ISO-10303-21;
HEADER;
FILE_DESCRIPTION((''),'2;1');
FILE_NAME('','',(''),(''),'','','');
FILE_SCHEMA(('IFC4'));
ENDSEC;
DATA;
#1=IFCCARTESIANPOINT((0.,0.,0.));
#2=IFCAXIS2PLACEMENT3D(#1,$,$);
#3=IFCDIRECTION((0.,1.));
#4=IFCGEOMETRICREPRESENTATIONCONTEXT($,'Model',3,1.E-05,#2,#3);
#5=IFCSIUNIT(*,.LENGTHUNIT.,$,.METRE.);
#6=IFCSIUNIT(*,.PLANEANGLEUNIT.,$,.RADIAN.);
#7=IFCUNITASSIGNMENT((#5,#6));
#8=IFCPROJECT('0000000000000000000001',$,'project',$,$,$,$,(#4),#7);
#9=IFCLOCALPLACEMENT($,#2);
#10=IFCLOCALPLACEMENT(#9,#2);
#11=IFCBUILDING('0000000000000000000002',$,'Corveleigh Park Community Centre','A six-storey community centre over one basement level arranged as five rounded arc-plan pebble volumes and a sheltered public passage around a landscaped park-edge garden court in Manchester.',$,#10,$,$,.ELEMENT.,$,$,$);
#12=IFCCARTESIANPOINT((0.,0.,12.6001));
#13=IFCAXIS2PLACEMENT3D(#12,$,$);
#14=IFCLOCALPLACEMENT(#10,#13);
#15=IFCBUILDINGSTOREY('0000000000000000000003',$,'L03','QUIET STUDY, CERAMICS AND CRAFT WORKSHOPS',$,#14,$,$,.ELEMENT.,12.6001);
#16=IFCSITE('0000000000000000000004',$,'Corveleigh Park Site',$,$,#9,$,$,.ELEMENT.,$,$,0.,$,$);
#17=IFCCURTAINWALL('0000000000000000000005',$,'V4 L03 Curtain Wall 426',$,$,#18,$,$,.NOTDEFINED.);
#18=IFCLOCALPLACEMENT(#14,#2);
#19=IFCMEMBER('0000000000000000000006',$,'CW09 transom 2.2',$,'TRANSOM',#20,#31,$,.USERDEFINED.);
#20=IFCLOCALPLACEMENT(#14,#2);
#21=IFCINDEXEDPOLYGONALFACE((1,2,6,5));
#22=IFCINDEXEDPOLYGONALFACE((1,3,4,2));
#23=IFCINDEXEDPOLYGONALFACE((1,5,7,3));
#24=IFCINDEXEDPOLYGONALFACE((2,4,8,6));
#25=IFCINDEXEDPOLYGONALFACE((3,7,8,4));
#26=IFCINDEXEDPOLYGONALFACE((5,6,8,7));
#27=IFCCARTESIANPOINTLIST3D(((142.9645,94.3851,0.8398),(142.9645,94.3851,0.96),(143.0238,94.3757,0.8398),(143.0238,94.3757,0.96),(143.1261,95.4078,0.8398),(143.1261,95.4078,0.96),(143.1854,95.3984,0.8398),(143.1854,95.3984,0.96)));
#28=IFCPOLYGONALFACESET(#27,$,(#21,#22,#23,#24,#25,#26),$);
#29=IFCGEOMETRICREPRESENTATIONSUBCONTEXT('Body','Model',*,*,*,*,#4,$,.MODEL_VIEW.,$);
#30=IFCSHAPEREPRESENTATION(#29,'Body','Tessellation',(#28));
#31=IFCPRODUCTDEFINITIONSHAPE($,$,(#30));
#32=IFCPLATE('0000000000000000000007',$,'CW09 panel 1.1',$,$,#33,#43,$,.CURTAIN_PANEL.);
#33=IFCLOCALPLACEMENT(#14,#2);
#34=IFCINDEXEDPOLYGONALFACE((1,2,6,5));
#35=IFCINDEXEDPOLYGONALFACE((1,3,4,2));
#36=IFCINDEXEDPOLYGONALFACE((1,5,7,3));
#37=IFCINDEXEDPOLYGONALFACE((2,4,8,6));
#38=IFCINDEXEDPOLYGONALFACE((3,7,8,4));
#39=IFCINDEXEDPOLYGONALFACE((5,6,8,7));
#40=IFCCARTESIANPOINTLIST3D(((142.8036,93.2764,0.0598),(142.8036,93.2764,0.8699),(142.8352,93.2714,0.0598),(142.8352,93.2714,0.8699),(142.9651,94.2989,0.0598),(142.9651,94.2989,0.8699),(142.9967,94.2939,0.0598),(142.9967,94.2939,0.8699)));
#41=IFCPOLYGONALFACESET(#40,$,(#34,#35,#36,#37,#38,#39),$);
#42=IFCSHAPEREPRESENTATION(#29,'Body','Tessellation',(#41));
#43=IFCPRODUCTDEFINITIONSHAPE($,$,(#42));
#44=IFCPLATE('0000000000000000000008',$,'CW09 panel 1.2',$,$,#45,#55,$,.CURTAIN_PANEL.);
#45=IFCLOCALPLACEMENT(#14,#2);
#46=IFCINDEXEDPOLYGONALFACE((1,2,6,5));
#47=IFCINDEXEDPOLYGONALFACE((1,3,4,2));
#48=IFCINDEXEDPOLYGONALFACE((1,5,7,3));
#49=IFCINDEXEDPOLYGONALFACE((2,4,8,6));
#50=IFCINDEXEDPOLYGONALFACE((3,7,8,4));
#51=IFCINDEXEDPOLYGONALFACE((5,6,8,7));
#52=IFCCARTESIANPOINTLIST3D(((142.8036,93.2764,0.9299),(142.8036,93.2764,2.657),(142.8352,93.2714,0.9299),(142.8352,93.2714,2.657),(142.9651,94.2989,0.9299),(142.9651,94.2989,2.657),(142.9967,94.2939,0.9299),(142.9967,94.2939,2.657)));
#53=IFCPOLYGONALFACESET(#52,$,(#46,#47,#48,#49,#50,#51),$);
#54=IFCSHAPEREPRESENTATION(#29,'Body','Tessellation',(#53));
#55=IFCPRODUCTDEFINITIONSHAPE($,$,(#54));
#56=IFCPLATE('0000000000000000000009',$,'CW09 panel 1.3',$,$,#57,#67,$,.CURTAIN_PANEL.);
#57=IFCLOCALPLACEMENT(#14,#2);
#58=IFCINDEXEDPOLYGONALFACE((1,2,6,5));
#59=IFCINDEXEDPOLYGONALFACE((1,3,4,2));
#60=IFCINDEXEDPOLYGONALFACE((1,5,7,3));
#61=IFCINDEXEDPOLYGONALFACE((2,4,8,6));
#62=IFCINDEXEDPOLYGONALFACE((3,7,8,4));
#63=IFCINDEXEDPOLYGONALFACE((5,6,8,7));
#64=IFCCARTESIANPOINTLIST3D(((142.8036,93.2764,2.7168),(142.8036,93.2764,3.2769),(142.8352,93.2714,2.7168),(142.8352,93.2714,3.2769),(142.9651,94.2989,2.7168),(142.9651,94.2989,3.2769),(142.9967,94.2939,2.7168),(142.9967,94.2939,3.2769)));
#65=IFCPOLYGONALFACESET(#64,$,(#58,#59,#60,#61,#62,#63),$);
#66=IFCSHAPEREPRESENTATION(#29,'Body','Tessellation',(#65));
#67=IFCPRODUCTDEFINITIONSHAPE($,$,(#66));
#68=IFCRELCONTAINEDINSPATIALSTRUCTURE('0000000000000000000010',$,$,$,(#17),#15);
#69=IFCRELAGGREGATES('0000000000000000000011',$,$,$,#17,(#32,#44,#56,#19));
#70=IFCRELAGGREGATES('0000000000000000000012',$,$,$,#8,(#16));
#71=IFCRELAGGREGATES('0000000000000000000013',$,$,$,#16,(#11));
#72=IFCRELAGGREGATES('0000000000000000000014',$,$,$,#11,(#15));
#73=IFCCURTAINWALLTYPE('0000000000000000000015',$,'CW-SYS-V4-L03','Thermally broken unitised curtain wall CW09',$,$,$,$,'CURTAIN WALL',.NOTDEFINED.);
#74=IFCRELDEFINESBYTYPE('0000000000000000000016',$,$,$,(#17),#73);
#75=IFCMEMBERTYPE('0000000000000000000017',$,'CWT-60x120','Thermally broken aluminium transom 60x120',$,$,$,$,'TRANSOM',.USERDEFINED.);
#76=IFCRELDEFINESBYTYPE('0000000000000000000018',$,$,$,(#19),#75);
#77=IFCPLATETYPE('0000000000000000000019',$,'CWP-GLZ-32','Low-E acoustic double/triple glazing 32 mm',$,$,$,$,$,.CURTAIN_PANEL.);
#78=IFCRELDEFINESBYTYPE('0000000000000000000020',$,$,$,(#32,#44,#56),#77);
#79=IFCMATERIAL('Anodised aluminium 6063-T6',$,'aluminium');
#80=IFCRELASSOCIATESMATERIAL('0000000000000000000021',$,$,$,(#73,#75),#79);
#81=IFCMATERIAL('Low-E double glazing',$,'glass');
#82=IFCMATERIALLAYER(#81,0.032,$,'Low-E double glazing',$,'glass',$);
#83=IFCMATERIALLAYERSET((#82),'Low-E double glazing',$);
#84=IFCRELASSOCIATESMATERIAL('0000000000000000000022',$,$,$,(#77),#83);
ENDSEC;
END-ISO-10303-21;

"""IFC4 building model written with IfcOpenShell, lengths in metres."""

from ifc_helpers import new_model, si_unit, direction, frame, origin, origin_2d, place, context, subcontext, project, spatial, rectangle, extrude, material, layer, layer_set, material_profile, profile_set, type_object, element, aggregate, save


model = new_model("IFC4")

# Units and contexts
model_context = context("Model", 3, precision=1e-05, world=origin(), true_north=direction((0.0, 1.0)))
body_context = subcontext(model_context, "Body", "Model", "MODEL_VIEW")
ifc_project = project(units=[si_unit("LENGTHUNIT", "METRE"), si_unit("PLANEANGLEUNIT", "RADIAN")], contexts=[model_context])

# Site, building, storey
site_placement = place(None, origin())
site = spatial("IfcSite", under=ifc_project, at=site_placement, Name="Corveleigh Park Site", CompositionType="ELEMENT", RefElevation=0.0)
building_placement = place(site_placement, origin())
building = spatial("IfcBuilding", under=site, at=building_placement, Name="Corveleigh Park Community Centre", Description="A six-storey community centre over one basement level arranged as five rounded arc-plan pebble volumes and a sheltered public passage around a landscaped park-edge garden court in Manchester.", CompositionType="ELEMENT")
storey_placement = place(building_placement, frame((0.0, 0.0, 12.6001)))
storey = spatial("IfcBuildingStorey", under=building, at=storey_placement, Name="L03", Description="QUIET STUDY, CERAMICS AND CRAFT WORKSHOPS", CompositionType="ELEMENT", Elevation=12.6001)

# Shared definitions
ifc_material_1 = material(Name="Anodised aluminium 6063-T6", Category="aluminium")
curtain_wall_type = type_object("IfcCurtainWallType", Name="CW-SYS-V4-L03", Description="Thermally broken unitised curtain wall CW09", ElementType="CURTAIN WALL", PredefinedType="NOTDEFINED", material=ifc_material_1)

# Curtain wall, member, plates
curtain_wall_1_placement = place(storey_placement, origin())
curtain_wall_1 = element("IfcCurtainWall", 1, at=curtain_wall_1_placement, inside=storey, type_object=curtain_wall_type, Name="V4 L03 Curtain Wall 426", PredefinedType="NOTDEFINED")
ifc_material_profile_1 = material_profile(ifc_material_1, rectangle(XDim=0.0601, YDim=0.1201, at=origin_2d()), Name="ALU-T60x120", Category="aluminium")
ifc_profile_set_1 = profile_set([ifc_material_profile_1], Name="Anodised aluminium 6063-T6")
member_type_1 = type_object("IfcMemberType", Name="CWT-60x120", Description="Thermally broken aluminium transom 60x120", ElementType="TRANSOM", PredefinedType="USERDEFINED", material=ifc_profile_set_1)
member_1_placement = place(storey_placement, frame((142.9941, 94.3804, 0.8999), z_axis=(0.156096, 0.987742, 0.0), x_axis=(-0.987742, 0.156096, 0.0)))
member_1 = element("IfcMember", 2, at=member_1_placement, type_object=member_type_1, Name="CW09 transom 2.2", ObjectType="TRANSOM", PredefinedType="USERDEFINED", context=body_context, shape_type="SweptSolid", body=[
    extrude(rectangle(XDim=0.0601, YDim=0.1201, at=origin_2d()), origin(), (0.0, 0.0, 1.0), 1.0354),
])
ifc_material_2 = material(Name="Low-E double glazing", Category="glass")
ifc_layer = layer(ifc_material_2, 0.032, Name="Low-E double glazing", Category="glass")
ifc_layer_set = layer_set([ifc_layer], Name="Low-E double glazing")
plate_type = type_object("IfcPlateType", Name="CWP-GLZ-32", Description="Low-E acoustic double/triple glazing 32 mm", PredefinedType="CURTAIN_PANEL", material=ifc_layer_set)
plate_1_placement = place(storey_placement, frame((142.9001, 93.7852, 0.0598), z_axis=(0.0, 0.0, 1.0), x_axis=(0.156095, 0.987742, 0.0)))
plate_1 = element("IfcPlate", 3, at=plate_1_placement, type_object=plate_type, Name="CW09 panel 1.1", PredefinedType="CURTAIN_PANEL", context=body_context, shape_type="SweptSolid", body=[
    extrude(rectangle(XDim=1.0352, YDim=0.032, at=origin_2d()), origin(), (0.0, 0.0, 1.0), 0.8101),
])
plate_2_placement = place(storey_placement, frame((142.9001, 93.7852, 0.9299), z_axis=(0.0, 0.0, 1.0), x_axis=(0.156095, 0.987742, 0.0)))
plate_2 = element("IfcPlate", 4, at=plate_2_placement, type_object=plate_type, Name="CW09 panel 1.2", PredefinedType="CURTAIN_PANEL", context=body_context, shape_type="SweptSolid", body=[
    extrude(rectangle(XDim=1.0352, YDim=0.032, at=origin_2d()), origin(), (0.0, 0.0, 1.0), 1.7271),
])
plate_3_placement = place(storey_placement, frame((142.9001, 93.7852, 2.7168), z_axis=(0.0, 0.0, 1.0), x_axis=(0.156095, 0.987742, 0.0)))
plate_3 = element("IfcPlate", 5, at=plate_3_placement, type_object=plate_type, Name="CW09 panel 1.3", PredefinedType="CURTAIN_PANEL", context=body_context, shape_type="SweptSolid", body=[
    extrude(rectangle(XDim=1.0352, YDim=0.032, at=origin_2d()), origin(), (0.0, 0.0, 1.0), 0.5601),
])
aggregate(curtain_wall_1, [plate_1, plate_2, plate_3, member_1])

save(model, "model.ifc")
